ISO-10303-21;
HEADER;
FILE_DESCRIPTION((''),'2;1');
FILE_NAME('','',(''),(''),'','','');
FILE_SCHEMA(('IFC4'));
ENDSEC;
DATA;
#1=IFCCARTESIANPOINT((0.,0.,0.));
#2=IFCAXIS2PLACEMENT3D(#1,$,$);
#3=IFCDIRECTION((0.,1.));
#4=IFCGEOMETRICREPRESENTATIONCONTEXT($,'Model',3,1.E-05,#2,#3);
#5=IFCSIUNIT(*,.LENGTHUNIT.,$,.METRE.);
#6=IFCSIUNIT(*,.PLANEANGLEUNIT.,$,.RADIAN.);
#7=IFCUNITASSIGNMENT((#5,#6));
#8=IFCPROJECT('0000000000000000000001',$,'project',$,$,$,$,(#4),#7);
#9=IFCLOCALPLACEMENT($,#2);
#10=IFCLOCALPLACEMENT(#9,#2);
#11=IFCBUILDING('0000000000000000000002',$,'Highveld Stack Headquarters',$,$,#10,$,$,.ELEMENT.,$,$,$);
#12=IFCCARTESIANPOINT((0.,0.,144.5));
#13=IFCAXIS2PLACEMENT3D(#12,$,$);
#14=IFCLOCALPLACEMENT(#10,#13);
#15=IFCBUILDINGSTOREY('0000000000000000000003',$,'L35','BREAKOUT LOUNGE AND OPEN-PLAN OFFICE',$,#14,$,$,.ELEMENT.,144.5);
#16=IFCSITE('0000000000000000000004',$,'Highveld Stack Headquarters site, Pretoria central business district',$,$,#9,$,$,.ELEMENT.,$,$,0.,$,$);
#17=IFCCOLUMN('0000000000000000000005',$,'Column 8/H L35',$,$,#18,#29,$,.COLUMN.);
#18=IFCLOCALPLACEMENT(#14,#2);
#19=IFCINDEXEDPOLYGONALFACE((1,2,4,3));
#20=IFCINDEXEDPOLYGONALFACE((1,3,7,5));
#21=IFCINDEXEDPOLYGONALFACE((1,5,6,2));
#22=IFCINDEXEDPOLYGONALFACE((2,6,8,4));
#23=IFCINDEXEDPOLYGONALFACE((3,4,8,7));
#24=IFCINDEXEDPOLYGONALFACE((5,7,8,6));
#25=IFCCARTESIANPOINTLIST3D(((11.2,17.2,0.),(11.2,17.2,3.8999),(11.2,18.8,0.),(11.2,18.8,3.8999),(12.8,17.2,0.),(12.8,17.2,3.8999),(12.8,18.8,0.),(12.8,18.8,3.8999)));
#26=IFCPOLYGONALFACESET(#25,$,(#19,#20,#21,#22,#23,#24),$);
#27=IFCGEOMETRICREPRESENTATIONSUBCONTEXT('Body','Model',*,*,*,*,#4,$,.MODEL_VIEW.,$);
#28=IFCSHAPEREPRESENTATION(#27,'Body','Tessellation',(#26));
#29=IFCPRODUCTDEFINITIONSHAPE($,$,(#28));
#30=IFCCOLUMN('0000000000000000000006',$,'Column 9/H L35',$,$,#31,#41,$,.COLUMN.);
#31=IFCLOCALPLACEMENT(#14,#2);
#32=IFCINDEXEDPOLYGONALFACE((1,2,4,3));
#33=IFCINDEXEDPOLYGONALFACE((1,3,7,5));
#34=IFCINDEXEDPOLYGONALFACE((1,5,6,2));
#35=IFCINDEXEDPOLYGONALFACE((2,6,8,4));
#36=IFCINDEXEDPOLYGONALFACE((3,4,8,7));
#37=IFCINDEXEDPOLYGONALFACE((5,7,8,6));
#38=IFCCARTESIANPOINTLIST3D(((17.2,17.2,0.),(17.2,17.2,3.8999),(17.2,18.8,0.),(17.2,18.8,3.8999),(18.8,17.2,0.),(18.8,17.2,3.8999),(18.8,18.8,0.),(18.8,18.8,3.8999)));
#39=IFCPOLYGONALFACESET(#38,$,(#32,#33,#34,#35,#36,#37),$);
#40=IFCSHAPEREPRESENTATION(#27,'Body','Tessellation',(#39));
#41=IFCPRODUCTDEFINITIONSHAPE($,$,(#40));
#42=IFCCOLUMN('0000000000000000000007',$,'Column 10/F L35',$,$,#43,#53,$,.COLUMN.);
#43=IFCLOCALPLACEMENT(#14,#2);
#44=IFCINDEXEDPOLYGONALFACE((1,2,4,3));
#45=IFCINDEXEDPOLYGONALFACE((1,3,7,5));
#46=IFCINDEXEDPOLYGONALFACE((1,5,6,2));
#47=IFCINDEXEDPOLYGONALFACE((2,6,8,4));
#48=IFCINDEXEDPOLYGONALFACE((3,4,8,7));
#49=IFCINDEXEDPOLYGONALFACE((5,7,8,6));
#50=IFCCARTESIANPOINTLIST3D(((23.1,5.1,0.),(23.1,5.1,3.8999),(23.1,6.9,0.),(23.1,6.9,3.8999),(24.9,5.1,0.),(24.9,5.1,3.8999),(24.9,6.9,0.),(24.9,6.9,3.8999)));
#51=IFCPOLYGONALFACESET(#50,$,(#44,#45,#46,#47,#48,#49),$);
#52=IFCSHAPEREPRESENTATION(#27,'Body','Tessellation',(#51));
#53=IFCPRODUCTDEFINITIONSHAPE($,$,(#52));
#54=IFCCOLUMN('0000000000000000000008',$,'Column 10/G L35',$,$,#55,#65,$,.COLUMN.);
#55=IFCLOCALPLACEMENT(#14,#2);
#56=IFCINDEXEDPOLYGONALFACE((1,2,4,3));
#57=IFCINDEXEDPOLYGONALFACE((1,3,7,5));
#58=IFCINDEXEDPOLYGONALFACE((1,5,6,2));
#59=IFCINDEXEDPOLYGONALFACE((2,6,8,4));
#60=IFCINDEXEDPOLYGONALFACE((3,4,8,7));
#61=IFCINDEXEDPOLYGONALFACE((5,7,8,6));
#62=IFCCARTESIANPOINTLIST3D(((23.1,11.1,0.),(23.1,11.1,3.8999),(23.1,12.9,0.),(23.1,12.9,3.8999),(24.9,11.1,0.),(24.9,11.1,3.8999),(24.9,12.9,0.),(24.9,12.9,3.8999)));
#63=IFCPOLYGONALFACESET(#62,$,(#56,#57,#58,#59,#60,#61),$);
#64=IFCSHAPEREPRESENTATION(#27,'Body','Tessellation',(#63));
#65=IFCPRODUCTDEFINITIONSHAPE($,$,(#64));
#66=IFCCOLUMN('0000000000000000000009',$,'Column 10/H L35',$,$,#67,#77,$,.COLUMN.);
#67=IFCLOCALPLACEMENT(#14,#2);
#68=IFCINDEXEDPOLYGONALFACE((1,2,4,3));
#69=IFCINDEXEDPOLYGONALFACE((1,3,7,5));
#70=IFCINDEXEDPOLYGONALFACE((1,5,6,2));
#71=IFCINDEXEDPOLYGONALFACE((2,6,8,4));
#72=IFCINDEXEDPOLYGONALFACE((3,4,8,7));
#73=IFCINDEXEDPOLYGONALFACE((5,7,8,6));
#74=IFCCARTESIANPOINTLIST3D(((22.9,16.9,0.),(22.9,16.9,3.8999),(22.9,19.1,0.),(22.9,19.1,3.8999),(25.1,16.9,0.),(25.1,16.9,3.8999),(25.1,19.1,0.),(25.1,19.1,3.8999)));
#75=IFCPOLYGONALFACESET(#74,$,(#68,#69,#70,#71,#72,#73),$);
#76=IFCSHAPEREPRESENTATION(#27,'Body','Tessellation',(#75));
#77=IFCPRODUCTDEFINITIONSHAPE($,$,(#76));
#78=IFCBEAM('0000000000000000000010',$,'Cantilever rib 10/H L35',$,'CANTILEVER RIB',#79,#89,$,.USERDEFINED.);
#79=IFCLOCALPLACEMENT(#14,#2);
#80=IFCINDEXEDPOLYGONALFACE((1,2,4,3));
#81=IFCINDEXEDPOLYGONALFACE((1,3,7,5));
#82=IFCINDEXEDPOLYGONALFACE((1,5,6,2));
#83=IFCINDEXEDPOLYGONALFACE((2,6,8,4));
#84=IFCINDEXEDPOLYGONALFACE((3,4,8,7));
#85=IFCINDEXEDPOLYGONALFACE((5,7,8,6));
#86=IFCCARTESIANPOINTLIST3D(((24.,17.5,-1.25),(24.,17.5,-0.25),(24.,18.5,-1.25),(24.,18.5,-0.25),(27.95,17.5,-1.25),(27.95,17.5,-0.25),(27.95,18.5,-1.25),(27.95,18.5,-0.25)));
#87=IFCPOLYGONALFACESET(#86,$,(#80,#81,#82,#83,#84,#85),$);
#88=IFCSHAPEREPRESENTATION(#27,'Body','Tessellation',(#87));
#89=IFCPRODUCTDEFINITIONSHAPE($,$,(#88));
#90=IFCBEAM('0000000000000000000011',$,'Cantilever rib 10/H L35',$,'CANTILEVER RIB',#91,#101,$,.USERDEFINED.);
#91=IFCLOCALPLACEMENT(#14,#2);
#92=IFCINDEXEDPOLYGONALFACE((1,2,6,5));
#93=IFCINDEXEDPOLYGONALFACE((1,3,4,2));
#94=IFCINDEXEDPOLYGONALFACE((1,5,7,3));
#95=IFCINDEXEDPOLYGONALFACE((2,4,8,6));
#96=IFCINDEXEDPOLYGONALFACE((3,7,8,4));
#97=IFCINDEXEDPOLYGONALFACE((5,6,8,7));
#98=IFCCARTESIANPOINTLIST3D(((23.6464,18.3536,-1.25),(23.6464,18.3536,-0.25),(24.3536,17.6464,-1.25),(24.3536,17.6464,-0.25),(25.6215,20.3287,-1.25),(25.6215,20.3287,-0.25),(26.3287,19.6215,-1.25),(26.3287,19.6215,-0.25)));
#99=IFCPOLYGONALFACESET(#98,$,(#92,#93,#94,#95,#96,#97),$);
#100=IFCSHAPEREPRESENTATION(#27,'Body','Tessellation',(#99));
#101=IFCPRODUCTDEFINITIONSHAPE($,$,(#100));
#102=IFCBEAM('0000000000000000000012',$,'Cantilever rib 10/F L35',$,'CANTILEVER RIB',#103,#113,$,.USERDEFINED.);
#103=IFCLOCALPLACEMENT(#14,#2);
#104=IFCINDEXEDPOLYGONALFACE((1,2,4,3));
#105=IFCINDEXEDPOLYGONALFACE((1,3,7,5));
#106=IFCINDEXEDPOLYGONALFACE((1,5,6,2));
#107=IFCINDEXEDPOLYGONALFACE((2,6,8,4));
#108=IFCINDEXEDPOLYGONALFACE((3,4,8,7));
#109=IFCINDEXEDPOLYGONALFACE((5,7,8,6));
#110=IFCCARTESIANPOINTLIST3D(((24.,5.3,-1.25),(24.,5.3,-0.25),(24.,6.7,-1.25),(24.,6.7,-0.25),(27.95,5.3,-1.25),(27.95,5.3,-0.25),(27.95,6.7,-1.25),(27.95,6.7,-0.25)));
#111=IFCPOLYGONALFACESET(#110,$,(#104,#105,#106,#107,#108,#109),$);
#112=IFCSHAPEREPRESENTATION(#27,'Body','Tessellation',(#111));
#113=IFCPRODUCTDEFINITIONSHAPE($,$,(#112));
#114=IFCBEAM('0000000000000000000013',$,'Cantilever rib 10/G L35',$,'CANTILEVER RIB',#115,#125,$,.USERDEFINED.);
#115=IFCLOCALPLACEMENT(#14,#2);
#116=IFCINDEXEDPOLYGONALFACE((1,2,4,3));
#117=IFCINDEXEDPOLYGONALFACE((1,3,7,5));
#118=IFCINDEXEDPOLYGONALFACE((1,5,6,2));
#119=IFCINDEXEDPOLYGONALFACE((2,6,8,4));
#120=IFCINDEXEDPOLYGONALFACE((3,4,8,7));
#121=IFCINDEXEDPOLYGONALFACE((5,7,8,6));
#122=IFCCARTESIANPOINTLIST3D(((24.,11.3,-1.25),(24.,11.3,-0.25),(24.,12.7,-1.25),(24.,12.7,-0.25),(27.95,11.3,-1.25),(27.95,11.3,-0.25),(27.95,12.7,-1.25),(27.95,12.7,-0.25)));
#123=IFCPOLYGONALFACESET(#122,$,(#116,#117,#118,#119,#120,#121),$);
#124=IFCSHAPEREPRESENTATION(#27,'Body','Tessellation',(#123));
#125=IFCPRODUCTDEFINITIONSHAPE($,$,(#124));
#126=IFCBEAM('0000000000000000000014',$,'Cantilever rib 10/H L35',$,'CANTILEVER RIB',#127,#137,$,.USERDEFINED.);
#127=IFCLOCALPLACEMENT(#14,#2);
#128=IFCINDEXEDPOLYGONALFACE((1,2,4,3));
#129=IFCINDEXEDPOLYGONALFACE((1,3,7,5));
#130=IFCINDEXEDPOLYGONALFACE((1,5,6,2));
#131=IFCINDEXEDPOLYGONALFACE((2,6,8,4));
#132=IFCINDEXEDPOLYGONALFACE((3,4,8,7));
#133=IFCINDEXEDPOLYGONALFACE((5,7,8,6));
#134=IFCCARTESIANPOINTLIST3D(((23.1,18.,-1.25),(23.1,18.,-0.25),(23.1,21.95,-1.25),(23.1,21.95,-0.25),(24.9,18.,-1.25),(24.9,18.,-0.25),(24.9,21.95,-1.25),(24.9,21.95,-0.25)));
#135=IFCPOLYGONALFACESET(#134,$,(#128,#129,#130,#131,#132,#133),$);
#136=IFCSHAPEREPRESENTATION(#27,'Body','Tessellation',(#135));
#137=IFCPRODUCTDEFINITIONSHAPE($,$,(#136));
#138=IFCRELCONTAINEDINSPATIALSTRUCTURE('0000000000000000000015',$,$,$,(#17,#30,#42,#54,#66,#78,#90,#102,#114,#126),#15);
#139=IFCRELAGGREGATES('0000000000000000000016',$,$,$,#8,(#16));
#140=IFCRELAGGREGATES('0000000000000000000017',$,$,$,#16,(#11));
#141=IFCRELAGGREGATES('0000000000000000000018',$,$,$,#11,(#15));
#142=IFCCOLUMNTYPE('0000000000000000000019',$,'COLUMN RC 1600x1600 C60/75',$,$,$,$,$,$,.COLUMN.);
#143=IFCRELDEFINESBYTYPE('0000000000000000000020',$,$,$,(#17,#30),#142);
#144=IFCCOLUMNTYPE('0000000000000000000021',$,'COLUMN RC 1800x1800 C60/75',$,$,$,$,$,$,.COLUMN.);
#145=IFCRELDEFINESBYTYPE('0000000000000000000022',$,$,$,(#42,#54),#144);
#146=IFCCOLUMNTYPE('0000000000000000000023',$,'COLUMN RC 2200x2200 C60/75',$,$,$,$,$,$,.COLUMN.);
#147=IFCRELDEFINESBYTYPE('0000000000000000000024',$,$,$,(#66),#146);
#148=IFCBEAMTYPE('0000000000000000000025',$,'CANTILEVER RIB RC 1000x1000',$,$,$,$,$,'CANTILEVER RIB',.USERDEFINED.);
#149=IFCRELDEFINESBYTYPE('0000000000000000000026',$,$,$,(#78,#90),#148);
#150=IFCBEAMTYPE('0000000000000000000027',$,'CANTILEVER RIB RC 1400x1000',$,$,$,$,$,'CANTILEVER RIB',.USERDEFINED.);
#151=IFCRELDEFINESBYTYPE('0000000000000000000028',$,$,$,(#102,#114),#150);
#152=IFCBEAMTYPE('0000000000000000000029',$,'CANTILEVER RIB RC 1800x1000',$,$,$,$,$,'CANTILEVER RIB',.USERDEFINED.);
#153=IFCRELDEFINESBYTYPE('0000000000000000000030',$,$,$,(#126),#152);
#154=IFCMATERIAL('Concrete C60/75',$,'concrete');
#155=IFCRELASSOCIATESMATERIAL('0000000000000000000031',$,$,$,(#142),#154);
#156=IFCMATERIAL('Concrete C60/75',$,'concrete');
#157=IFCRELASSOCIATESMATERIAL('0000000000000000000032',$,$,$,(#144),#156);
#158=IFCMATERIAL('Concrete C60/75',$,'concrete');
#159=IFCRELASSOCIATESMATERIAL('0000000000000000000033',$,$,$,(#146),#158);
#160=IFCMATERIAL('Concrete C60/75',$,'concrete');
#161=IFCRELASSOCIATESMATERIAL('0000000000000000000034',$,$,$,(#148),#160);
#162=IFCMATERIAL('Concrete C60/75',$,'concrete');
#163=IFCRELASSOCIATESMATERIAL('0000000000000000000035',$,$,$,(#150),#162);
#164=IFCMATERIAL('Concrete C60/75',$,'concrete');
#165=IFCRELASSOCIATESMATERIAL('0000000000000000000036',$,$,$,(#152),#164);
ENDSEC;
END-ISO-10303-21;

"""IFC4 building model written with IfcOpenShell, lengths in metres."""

from ifc_helpers import new_model, si_unit, direction, frame, origin, origin_2d, place, context, subcontext, project, spatial, rectangle, extrude, material, material_profile, profile_set, type_object, element, save


model = new_model("IFC4")

# Units and contexts
model_context = context("Model", 3, precision=1e-05, world=origin(), true_north=direction((0.0, 1.0)))
body_context = subcontext(model_context, "Body", "Model", "MODEL_VIEW")
ifc_project = project(units=[si_unit("LENGTHUNIT", "METRE"), si_unit("PLANEANGLEUNIT", "RADIAN")], contexts=[model_context])

# Site, building, storey
site_placement = place(None, origin())
site = spatial("IfcSite", under=ifc_project, at=site_placement, Name="Highveld Stack Headquarters site, Pretoria central business district", CompositionType="ELEMENT", RefElevation=0.0)
building_placement = place(site_placement, origin())
building = spatial("IfcBuilding", under=site, at=building_placement, Name="Highveld Stack Headquarters", CompositionType="ELEMENT")
storey_placement = place(building_placement, frame((0.0, 0.0, 144.5)))
storey = spatial("IfcBuildingStorey", under=building, at=storey_placement, Name="L35", Description="BREAKOUT LOUNGE AND OPEN-PLAN OFFICE", CompositionType="ELEMENT", Elevation=144.5)

# Columns
ifc_material_1 = material(Name="Concrete C60/75", Category="concrete")
ifc_material_profile_1 = material_profile(ifc_material_1, rectangle(XDim=1.6001, YDim=1.6001, at=origin_2d()), Name="RC 1600x1600")
ifc_profile_set_1 = profile_set([ifc_material_profile_1], Name="Concrete C60/75")
column_type_1 = type_object("IfcColumnType", Name="COLUMN RC 1600x1600 C60/75", PredefinedType="COLUMN", material=ifc_profile_set_1)
for number, where, z_axis, x_axis, name in (
    (1, (12.0, 18.0, 0.0), (0.0, 0.0, 1.0), (1.0, 0.0, 0.0), "Column 8/H L35"),
    (2, (18.0, 18.0, 0.0), (0.0, 0.0, 1.0), (1.0, 0.0, 0.0), "Column 9/H L35"),
):
    element("IfcColumn", number, at=place(storey_placement, frame(where, z_axis=z_axis, x_axis=x_axis)), inside=storey, type_object=column_type_1, Name=name, PredefinedType="COLUMN", context=body_context, shape_type="SweptSolid", body=[
        extrude(rectangle(XDim=1.6001, YDim=1.6001, at=origin_2d()), origin(), (0.0, 0.0, 1.0), 3.8999),
    ])
ifc_material_2 = material(Name="Concrete C60/75", Category="concrete")
ifc_material_profile_2 = material_profile(ifc_material_2, rectangle(XDim=1.8, YDim=1.8, at=origin_2d()), Name="RC 1800x1800")
ifc_profile_set_2 = profile_set([ifc_material_profile_2], Name="Concrete C60/75")
column_type_2 = type_object("IfcColumnType", Name="COLUMN RC 1800x1800 C60/75", PredefinedType="COLUMN", material=ifc_profile_set_2)
for number, where, z_axis, x_axis, name in (
    (3, (24.0, 6.0, 0.0), (0.0, 0.0, 1.0), (1.0, 0.0, 0.0), "Column 10/F L35"),
    (4, (24.0, 12.0, 0.0), (0.0, 0.0, 1.0), (1.0, 0.0, 0.0), "Column 10/G L35"),
):
    element("IfcColumn", number, at=place(storey_placement, frame(where, z_axis=z_axis, x_axis=x_axis)), inside=storey, type_object=column_type_2, Name=name, PredefinedType="COLUMN", context=body_context, shape_type="SweptSolid", body=[
        extrude(rectangle(XDim=1.8, YDim=1.8, at=origin_2d()), origin(), (0.0, 0.0, 1.0), 3.8999),
    ])
ifc_material_3 = material(Name="Concrete C60/75", Category="concrete")
ifc_material_profile_3 = material_profile(ifc_material_3, rectangle(XDim=2.2, YDim=2.2, at=origin_2d()), Name="RC 2200x2200")
ifc_profile_set_3 = profile_set([ifc_material_profile_3], Name="Concrete C60/75")
column_type_3 = type_object("IfcColumnType", Name="COLUMN RC 2200x2200 C60/75", PredefinedType="COLUMN", material=ifc_profile_set_3)
column_placement = place(storey_placement, frame((24.0, 18.0, 0.0), z_axis=(0.0, 0.0, 1.0), x_axis=(1.0, 0.0, 0.0)))
element("IfcColumn", 5, at=column_placement, inside=storey, type_object=column_type_3, Name="Column 10/H L35", PredefinedType="COLUMN", context=body_context, shape_type="SweptSolid", body=[
    extrude(rectangle(XDim=2.2, YDim=2.2, at=origin_2d()), origin(), (0.0, 0.0, 1.0), 3.8999),
])

# Beams
ifc_material_4 = material(Name="Concrete C60/75", Category="concrete")
ifc_material_profile_4 = material_profile(ifc_material_4, rectangle(XDim=1.0, YDim=1.0, at=origin_2d()), Name="RC 1000x1000")
ifc_profile_set_4 = profile_set([ifc_material_profile_4], Name="Concrete C60/75")
beam_type_1 = type_object("IfcBeamType", Name="CANTILEVER RIB RC 1000x1000", ElementType="CANTILEVER RIB", PredefinedType="USERDEFINED", material=ifc_profile_set_4)
beam_1_placement = place(storey_placement, frame((24.0, 18.0, -0.75), z_axis=(1.0, 0.0, 0.0), x_axis=(0.0, 1.0, 0.0)))
element("IfcBeam", 6, at=beam_1_placement, inside=storey, type_object=beam_type_1, Name="Cantilever rib 10/H L35", ObjectType="CANTILEVER RIB", PredefinedType="USERDEFINED", context=body_context, shape_type="SweptSolid", body=[
    extrude(rectangle(XDim=1.0, YDim=1.0, at=origin_2d()), origin(), (0.0, 0.0, 1.0), 3.95),
])
beam_2_placement = place(storey_placement, frame((24.0, 18.0, -0.75), z_axis=(0.707107, 0.707107, 0.0), x_axis=(-0.707107, 0.707107, 0.0)))
element("IfcBeam", 7, at=beam_2_placement, inside=storey, type_object=beam_type_1, Name="Cantilever rib 10/H L35", ObjectType="CANTILEVER RIB", PredefinedType="USERDEFINED", context=body_context, shape_type="SweptSolid", body=[
    extrude(rectangle(XDim=1.0, YDim=1.0, at=origin_2d()), origin(), (0.0, 0.0, 1.0), 2.7932),
])
ifc_material_5 = material(Name="Concrete C60/75", Category="concrete")
ifc_material_profile_5 = material_profile(ifc_material_5, rectangle(XDim=1.3999, YDim=1.0, at=origin_2d()), Name="RC 1400x1000")
ifc_profile_set_5 = profile_set([ifc_material_profile_5], Name="Concrete C60/75")
beam_type_2 = type_object("IfcBeamType", Name="CANTILEVER RIB RC 1400x1000", ElementType="CANTILEVER RIB", PredefinedType="USERDEFINED", material=ifc_profile_set_5)
for number, where, z_axis, x_axis, name in (
    (8, (24.0, 6.0, -0.75), (1.0, 0.0, 0.0), (0.0, 1.0, 0.0), "Cantilever rib 10/F L35"),
    (9, (24.0, 12.0, -0.75), (1.0, 0.0, 0.0), (0.0, 1.0, 0.0), "Cantilever rib 10/G L35"),
):
    element("IfcBeam", number, at=place(storey_placement, frame(where, z_axis=z_axis, x_axis=x_axis)), inside=storey, type_object=beam_type_2, Name=name, ObjectType="CANTILEVER RIB", PredefinedType="USERDEFINED", context=body_context, shape_type="SweptSolid", body=[
        extrude(rectangle(XDim=1.3999, YDim=1.0, at=origin_2d()), origin(), (0.0, 0.0, 1.0), 3.95),
    ])
ifc_material_6 = material(Name="Concrete C60/75", Category="concrete")
ifc_material_profile_6 = material_profile(ifc_material_6, rectangle(XDim=1.8, YDim=1.0, at=origin_2d()), Name="RC 1800x1000")
ifc_profile_set_6 = profile_set([ifc_material_profile_6], Name="Concrete C60/75")
beam_type_3 = type_object("IfcBeamType", Name="CANTILEVER RIB RC 1800x1000", ElementType="CANTILEVER RIB", PredefinedType="USERDEFINED", material=ifc_profile_set_6)
beam_3_placement = place(storey_placement, frame((24.0, 18.0, -0.75), z_axis=(0.0, 1.0, 0.0), x_axis=(-1.0, 0.0, 0.0)))
element("IfcBeam", 10, at=beam_3_placement, inside=storey, type_object=beam_type_3, Name="Cantilever rib 10/H L35", ObjectType="CANTILEVER RIB", PredefinedType="USERDEFINED", context=body_context, shape_type="SweptSolid", body=[
    extrude(rectangle(XDim=1.8, YDim=1.0, at=origin_2d()), origin(), (0.0, 0.0, 1.0), 3.95),
])

save(model, "model.ifc")
